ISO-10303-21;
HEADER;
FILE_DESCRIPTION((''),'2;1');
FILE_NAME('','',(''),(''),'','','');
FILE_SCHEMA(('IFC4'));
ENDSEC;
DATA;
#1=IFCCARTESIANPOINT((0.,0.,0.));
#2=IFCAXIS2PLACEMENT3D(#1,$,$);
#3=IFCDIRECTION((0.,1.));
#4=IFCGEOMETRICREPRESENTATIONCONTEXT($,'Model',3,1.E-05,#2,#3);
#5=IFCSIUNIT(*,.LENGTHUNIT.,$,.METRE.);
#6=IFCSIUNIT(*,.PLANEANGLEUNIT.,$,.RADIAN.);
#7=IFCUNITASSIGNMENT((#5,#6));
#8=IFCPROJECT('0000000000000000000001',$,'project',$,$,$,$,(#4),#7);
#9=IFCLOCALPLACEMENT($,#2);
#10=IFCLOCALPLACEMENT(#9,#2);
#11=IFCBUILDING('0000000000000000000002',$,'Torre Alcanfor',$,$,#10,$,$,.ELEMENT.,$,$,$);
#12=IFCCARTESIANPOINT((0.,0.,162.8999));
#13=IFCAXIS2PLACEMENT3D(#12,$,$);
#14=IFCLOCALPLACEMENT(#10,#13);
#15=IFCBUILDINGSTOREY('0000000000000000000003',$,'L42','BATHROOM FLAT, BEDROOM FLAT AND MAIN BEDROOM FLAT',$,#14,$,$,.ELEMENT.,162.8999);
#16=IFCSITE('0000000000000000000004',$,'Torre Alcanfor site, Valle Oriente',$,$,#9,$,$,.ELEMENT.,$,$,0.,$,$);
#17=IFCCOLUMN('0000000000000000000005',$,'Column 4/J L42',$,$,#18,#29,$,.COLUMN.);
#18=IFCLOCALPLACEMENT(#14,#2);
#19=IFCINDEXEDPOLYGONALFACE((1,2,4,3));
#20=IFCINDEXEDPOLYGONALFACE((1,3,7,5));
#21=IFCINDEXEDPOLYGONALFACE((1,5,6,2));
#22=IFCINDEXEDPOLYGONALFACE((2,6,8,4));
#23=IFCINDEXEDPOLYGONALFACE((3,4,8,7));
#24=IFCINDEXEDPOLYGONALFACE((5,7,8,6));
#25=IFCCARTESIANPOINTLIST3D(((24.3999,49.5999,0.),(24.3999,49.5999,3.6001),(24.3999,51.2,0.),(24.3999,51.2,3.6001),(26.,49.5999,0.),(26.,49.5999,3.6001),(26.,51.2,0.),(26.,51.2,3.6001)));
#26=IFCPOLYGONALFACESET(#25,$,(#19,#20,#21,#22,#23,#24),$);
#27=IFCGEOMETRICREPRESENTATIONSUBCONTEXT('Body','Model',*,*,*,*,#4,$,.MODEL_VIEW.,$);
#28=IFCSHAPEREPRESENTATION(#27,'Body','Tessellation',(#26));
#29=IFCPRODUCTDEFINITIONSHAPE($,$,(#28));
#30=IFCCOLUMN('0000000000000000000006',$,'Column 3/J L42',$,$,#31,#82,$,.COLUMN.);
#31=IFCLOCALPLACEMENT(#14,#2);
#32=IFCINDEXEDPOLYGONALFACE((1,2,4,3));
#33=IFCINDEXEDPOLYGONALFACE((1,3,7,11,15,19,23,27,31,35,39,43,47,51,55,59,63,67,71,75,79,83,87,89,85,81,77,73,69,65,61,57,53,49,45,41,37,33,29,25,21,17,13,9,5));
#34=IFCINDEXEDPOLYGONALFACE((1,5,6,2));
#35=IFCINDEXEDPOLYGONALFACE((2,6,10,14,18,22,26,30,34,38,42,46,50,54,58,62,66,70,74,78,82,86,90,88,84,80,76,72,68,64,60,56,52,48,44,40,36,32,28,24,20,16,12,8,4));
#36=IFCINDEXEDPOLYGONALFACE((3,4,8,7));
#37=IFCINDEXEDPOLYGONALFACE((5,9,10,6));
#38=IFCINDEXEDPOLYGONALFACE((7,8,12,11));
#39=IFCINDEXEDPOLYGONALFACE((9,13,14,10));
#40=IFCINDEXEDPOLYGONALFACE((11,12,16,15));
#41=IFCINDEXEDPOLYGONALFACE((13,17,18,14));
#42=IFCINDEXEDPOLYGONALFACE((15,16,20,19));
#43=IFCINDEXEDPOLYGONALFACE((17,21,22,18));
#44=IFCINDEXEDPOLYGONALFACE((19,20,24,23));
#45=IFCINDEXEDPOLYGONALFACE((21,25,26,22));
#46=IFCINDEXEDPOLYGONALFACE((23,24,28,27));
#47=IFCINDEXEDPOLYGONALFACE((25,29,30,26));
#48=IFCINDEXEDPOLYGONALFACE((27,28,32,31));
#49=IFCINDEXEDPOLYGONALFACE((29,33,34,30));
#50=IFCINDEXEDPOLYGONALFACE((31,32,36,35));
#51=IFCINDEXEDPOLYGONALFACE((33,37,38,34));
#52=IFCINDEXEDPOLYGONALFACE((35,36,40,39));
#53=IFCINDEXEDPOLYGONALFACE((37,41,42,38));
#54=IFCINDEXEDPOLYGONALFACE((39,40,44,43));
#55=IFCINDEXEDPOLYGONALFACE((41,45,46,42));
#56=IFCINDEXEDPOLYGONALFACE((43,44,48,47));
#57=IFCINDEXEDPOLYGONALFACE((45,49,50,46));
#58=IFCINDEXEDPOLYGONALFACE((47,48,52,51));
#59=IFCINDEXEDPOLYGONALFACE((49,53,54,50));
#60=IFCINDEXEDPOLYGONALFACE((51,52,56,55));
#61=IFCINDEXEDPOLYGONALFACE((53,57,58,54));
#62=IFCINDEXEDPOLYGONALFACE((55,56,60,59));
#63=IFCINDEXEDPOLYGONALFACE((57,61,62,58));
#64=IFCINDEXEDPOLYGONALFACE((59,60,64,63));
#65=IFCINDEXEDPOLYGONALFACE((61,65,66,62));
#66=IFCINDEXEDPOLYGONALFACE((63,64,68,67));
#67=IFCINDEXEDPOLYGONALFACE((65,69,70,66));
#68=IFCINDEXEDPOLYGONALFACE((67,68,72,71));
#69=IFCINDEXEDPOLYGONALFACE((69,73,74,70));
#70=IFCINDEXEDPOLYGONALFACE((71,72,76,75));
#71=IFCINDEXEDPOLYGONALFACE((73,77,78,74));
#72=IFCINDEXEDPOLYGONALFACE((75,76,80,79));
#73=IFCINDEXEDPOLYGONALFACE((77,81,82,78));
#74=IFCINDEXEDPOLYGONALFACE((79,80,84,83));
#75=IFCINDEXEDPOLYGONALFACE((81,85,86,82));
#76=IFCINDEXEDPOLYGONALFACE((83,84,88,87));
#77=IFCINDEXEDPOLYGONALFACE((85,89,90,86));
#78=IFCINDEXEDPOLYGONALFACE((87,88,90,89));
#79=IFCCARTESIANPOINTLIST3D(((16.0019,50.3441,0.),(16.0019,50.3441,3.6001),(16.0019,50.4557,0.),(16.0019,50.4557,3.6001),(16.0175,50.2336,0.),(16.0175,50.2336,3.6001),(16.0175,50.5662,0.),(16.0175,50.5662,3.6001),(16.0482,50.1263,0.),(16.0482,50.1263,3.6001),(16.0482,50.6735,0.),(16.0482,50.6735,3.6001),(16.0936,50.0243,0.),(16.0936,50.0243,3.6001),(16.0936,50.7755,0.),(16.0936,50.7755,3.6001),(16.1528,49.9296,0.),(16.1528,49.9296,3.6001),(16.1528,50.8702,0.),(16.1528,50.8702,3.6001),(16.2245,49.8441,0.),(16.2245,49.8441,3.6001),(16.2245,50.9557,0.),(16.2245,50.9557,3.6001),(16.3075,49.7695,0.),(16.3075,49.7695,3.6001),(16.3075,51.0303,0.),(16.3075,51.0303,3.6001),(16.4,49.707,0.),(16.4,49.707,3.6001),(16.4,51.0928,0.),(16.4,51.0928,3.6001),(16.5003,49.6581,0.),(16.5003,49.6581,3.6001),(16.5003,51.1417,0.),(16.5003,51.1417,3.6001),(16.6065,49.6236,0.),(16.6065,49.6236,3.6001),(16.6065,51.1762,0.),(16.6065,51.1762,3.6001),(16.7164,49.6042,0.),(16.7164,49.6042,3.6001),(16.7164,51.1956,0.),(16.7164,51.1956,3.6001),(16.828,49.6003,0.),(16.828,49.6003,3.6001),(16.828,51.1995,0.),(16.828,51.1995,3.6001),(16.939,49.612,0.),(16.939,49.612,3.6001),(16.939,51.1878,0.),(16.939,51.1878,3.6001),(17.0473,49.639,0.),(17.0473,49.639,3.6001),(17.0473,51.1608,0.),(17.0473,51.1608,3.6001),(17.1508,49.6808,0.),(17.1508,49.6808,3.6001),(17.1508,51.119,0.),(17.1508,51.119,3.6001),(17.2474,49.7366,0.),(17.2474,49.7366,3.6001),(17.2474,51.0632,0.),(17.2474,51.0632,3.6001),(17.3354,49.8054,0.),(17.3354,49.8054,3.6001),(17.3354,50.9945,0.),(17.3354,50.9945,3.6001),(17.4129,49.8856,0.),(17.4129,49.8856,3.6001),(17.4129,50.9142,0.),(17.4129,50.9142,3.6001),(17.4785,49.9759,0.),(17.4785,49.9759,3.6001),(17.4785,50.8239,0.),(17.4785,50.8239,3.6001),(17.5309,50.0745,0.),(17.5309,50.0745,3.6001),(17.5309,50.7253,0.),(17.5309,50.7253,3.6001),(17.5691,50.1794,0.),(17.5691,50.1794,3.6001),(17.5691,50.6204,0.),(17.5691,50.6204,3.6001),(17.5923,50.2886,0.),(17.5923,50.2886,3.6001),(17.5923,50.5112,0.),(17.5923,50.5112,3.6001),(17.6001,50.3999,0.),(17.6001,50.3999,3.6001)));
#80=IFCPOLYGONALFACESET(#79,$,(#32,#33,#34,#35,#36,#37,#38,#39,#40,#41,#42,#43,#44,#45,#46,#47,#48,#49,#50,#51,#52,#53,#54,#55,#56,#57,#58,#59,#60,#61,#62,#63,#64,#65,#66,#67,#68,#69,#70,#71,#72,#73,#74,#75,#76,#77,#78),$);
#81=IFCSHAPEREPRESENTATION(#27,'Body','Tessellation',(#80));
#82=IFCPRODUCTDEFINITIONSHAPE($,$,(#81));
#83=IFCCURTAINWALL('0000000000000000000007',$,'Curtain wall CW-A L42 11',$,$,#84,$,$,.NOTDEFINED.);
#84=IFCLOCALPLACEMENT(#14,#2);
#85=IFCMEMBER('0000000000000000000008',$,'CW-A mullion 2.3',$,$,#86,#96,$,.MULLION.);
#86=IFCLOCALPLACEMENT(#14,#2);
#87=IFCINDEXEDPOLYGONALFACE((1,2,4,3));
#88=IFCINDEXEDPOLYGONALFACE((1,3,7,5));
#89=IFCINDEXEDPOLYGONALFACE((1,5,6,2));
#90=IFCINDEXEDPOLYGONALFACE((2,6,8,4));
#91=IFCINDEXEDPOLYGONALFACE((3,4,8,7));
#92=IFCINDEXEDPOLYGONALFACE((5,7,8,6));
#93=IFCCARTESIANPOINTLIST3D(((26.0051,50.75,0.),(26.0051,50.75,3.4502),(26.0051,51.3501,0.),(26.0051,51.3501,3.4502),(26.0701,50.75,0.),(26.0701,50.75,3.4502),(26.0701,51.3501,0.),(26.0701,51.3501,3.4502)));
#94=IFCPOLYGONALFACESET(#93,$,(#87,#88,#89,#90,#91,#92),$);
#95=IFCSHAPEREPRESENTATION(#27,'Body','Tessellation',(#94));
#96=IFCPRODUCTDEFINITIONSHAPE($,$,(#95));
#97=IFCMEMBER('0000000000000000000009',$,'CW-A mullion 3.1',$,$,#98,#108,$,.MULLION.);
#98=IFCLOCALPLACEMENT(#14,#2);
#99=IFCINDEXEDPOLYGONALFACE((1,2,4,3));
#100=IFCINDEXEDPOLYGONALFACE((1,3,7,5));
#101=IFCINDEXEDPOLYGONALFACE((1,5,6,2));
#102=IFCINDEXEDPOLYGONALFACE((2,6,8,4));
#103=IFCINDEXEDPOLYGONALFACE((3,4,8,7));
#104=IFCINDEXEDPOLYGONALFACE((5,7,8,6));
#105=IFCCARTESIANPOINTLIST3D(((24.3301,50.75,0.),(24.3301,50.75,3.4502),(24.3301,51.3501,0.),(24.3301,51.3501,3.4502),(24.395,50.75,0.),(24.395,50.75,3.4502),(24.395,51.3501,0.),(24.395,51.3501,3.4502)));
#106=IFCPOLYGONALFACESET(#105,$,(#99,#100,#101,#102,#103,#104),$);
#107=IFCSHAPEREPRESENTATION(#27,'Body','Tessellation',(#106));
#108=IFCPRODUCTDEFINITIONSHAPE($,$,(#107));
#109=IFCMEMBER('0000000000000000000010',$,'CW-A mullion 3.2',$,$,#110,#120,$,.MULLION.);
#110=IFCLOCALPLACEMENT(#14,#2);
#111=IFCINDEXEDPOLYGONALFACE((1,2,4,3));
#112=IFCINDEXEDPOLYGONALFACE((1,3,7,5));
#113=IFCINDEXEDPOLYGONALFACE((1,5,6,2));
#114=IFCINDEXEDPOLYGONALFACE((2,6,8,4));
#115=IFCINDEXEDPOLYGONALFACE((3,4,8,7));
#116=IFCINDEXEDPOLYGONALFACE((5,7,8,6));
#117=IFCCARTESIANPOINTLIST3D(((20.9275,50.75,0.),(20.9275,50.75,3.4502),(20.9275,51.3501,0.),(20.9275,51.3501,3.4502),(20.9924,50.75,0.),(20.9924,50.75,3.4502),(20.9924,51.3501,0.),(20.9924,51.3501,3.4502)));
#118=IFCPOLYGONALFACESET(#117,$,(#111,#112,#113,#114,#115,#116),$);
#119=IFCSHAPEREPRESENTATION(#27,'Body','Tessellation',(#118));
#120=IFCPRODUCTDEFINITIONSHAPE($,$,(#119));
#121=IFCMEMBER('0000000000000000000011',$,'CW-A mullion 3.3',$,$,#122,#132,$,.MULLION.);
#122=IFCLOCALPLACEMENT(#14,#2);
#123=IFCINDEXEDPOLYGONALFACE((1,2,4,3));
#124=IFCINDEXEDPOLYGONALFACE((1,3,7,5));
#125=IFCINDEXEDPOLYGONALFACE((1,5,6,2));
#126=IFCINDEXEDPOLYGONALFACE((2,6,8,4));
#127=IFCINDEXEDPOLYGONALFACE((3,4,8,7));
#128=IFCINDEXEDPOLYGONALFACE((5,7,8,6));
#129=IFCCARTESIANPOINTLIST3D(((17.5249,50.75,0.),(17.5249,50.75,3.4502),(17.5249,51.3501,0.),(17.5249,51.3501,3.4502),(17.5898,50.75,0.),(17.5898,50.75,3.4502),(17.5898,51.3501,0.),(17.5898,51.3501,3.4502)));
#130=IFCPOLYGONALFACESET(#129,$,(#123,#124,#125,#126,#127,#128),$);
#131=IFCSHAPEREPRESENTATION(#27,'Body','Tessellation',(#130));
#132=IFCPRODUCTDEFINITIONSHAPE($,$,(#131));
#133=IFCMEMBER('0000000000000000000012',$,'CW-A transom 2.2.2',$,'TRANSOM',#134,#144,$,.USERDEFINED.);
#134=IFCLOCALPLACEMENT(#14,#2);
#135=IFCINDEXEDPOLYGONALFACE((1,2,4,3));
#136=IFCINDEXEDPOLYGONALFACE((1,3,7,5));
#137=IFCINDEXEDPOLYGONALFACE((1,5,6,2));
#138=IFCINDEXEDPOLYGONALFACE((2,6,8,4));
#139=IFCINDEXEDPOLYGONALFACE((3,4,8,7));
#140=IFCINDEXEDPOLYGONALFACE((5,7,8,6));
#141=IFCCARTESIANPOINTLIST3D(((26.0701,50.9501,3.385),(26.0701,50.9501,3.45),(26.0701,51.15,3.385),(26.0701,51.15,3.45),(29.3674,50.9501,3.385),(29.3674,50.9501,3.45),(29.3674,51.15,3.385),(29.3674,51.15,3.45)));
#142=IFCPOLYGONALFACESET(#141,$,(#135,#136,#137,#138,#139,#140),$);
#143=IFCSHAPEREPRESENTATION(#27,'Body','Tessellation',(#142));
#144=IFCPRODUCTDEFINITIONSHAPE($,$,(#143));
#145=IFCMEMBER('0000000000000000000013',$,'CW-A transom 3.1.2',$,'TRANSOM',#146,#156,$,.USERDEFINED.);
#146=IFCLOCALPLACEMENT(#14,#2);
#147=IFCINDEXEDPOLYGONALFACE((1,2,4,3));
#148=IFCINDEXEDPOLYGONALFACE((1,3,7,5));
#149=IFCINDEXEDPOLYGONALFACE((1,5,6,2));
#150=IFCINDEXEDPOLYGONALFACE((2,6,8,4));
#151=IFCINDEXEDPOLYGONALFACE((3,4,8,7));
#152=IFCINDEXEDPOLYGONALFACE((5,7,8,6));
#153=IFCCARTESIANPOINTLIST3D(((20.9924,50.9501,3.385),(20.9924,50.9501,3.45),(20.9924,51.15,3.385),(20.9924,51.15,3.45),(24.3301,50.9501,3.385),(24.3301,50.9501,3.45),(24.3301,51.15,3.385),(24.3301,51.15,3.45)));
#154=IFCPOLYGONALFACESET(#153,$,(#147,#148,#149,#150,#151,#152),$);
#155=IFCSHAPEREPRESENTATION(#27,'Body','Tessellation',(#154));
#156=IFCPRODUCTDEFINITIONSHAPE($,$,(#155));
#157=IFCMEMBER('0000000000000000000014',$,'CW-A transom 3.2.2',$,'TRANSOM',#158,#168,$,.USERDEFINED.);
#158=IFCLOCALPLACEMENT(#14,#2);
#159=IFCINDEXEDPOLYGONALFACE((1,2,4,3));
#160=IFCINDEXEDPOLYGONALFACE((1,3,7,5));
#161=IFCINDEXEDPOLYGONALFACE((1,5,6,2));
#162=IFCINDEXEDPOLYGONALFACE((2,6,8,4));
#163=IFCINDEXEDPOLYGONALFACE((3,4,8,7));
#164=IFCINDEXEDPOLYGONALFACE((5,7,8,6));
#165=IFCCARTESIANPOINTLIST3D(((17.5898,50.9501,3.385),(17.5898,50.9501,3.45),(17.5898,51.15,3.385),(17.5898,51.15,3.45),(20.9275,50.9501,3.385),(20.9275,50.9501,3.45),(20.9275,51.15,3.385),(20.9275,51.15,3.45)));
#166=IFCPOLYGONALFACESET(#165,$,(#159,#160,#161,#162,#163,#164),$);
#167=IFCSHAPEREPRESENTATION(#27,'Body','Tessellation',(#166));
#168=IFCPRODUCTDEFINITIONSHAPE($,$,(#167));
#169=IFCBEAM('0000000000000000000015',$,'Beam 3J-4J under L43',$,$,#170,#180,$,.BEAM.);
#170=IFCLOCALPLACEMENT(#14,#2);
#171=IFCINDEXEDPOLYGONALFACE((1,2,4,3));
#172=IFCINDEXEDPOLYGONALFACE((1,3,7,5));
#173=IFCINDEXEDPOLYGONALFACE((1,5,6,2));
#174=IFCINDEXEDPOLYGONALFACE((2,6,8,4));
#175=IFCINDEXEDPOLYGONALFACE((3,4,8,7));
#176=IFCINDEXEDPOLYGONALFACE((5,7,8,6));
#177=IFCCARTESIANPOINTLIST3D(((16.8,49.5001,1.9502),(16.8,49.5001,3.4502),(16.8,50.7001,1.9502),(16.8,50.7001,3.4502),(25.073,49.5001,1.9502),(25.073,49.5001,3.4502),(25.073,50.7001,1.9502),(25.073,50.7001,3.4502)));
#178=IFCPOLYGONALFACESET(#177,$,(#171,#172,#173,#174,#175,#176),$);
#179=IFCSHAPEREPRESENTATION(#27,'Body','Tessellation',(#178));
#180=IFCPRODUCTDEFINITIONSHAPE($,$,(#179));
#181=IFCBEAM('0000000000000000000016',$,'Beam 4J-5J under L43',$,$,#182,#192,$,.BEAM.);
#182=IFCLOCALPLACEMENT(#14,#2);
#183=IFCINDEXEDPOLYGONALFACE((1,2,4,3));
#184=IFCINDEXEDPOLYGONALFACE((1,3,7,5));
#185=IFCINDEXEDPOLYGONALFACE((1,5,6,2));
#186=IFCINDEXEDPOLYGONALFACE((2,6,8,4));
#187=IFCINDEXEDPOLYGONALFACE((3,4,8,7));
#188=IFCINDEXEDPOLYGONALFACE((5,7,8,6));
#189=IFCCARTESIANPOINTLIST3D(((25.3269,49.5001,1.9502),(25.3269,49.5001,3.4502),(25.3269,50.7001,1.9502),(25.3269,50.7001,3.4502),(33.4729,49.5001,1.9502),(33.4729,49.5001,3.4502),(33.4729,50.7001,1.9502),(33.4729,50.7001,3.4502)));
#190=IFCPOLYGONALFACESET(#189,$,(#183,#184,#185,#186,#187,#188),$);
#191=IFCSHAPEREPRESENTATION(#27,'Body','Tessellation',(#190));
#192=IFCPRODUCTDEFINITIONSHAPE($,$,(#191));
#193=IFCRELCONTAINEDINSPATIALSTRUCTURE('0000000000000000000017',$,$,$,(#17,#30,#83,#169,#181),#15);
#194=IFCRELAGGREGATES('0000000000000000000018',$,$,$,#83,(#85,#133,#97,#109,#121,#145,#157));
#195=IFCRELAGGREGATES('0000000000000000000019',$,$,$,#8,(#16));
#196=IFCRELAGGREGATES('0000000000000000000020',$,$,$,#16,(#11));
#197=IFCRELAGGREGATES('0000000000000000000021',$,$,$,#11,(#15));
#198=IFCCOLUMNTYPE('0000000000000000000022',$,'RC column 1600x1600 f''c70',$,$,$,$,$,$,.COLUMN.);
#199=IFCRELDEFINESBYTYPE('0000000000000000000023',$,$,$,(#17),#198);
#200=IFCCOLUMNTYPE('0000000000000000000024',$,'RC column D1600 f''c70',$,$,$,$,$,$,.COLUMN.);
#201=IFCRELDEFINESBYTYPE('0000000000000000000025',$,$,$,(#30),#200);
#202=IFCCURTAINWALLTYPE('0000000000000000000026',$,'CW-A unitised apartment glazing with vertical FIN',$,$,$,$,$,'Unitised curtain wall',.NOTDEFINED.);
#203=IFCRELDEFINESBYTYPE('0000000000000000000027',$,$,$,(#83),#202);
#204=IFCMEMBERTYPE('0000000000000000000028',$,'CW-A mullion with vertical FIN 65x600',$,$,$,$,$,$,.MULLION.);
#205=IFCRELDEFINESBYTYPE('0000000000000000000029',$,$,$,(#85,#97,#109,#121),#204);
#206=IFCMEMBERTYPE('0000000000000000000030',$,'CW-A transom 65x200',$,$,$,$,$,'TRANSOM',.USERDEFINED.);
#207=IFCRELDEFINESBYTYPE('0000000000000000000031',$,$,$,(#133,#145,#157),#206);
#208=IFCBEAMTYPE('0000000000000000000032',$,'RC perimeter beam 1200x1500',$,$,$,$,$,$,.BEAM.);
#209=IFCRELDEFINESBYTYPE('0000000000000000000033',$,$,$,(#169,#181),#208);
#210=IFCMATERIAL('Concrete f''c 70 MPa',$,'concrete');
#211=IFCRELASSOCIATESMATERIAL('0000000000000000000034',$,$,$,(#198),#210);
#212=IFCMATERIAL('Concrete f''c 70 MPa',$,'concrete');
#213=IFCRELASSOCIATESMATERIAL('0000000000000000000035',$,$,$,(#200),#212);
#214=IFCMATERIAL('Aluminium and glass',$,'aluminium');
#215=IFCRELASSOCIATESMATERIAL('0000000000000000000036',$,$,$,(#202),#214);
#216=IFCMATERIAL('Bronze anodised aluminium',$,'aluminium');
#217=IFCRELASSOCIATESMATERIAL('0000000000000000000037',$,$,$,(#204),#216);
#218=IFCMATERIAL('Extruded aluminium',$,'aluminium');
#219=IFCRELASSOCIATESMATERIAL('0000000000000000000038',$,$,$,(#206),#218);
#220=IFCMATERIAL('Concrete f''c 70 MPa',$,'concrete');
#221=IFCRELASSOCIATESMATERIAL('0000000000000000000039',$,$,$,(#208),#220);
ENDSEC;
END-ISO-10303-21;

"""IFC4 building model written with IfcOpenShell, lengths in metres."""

from ifc_helpers import new_model, si_unit, direction, frame, origin, origin_2d, place, context, subcontext, project, spatial, rectangle, circle, extrude, material, material_profile, profile_set, type_object, element, aggregate, save


model = new_model("IFC4")

# Units and contexts
model_context = context("Model", 3, precision=1e-05, world=origin(), true_north=direction((0.0, 1.0)))
body_context = subcontext(model_context, "Body", "Model", "MODEL_VIEW")
ifc_project = project(units=[si_unit("LENGTHUNIT", "METRE"), si_unit("PLANEANGLEUNIT", "RADIAN")], contexts=[model_context])

# Site, building, storey
site_placement = place(None, origin())
site = spatial("IfcSite", under=ifc_project, at=site_placement, Name="Torre Alcanfor site, Valle Oriente", CompositionType="ELEMENT", RefElevation=0.0)
building_placement = place(site_placement, origin())
building = spatial("IfcBuilding", under=site, at=building_placement, Name="Torre Alcanfor", CompositionType="ELEMENT")
storey_placement = place(building_placement, frame((0.0, 0.0, 162.8999)))
storey = spatial("IfcBuildingStorey", under=building, at=storey_placement, Name="L42", Description="BATHROOM FLAT, BEDROOM FLAT AND MAIN BEDROOM FLAT", CompositionType="ELEMENT", Elevation=162.8999)

# Columns
ifc_material_1 = material(Name="Concrete f'c 70 MPa", Category="concrete")
ifc_material_profile_1 = material_profile(ifc_material_1, rectangle(XDim=1.6001, YDim=1.6001, at=origin_2d()), Name="1600x1600")
ifc_profile_set_1 = profile_set([ifc_material_profile_1], Name="Concrete f'c 70 MPa")
column_type_1 = type_object("IfcColumnType", Name="RC column 1600x1600 f'c70", PredefinedType="COLUMN", material=ifc_profile_set_1)
column_1_placement = place(storey_placement, frame((25.2, 50.3999, 0.0), z_axis=(0.0, 0.0, 1.0), x_axis=(1.0, 0.0, 0.0)))
element("IfcColumn", 1, at=column_1_placement, inside=storey, type_object=column_type_1, Name="Column 4/J L42", PredefinedType="COLUMN", context=body_context, shape_type="SweptSolid", body=[
    extrude(rectangle(XDim=1.6001, YDim=1.6001, at=origin_2d()), origin(), (0.0, 0.0, 1.0), 3.6001),
])
ifc_material_2 = material(Name="Concrete f'c 70 MPa", Category="concrete")
ifc_material_profile_2 = material_profile(ifc_material_2, circle(Radius=0.8, at=origin_2d()), Name="D1600")
ifc_profile_set_2 = profile_set([ifc_material_profile_2], Name="Concrete f'c 70 MPa")
column_type_2 = type_object("IfcColumnType", Name="RC column D1600 f'c70", PredefinedType="COLUMN", material=ifc_profile_set_2)
column_2_placement = place(storey_placement, frame((16.8, 50.3999, 0.0), z_axis=(0.0, 0.0, 1.0), x_axis=(1.0, 0.0, 0.0)))
element("IfcColumn", 2, at=column_2_placement, inside=storey, type_object=column_type_2, Name="Column 3/J L42", PredefinedType="COLUMN", context=body_context, shape_type="SweptSolid", body=[
    extrude(circle(Radius=0.8, at=origin_2d()), origin(), (0.0, 0.0, 1.0), 3.6001),
])

# Curtain wall, members
ifc_material_3 = material(Name="Aluminium and glass", Category="aluminium")
curtain_wall_type = type_object("IfcCurtainWallType", Name="CW-A unitised apartment glazing with vertical FIN", ElementType="Unitised curtain wall", PredefinedType="NOTDEFINED", material=ifc_material_3)
curtain_wall_placement = place(storey_placement, origin())
curtain_wall = element("IfcCurtainWall", 3, at=curtain_wall_placement, inside=storey, type_object=curtain_wall_type, Name="Curtain wall CW-A L42 11", PredefinedType="NOTDEFINED")
ifc_material_4 = material(Name="Bronze anodised aluminium", Category="aluminium")
ifc_material_profile_3 = material_profile(ifc_material_4, rectangle(XDim=0.6001, YDim=0.0649, at=origin_2d()), Name="CW-A mullion 65x600")
ifc_profile_set_3 = profile_set([ifc_material_profile_3], Name="Bronze anodised aluminium")
member_type_1 = type_object("IfcMemberType", Name="CW-A mullion with vertical FIN 65x600", PredefinedType="MULLION", material=ifc_profile_set_3)
member_1_placement = place(storey_placement, frame((26.0376, 51.05, 0.0), z_axis=(0.0, 0.0, 1.0), x_axis=(0.0, -1.0, 0.0)))
member_1 = element("IfcMember", 4, at=member_1_placement, type_object=member_type_1, Name="CW-A mullion 2.3", PredefinedType="MULLION", context=body_context, shape_type="SweptSolid", body=[
    extrude(rectangle(XDim=0.6001, YDim=0.0649, at=origin_2d()), origin(), (0.0, 0.0, 1.0), 3.4502),
])
member_2_placement = place(storey_placement, frame((24.3625, 51.05, 0.0), z_axis=(0.0, 0.0, 1.0), x_axis=(0.0, -1.0, 0.0)))
member_2 = element("IfcMember", 5, at=member_2_placement, type_object=member_type_1, Name="CW-A mullion 3.1", PredefinedType="MULLION", context=body_context, shape_type="SweptSolid", body=[
    extrude(rectangle(XDim=0.6001, YDim=0.0649, at=origin_2d()), origin(), (0.0, 0.0, 1.0), 3.4502),
])
member_3_placement = place(storey_placement, frame((20.96, 51.05, 0.0), z_axis=(0.0, 0.0, 1.0), x_axis=(0.0, -1.0, 0.0)))
member_3 = element("IfcMember", 6, at=member_3_placement, type_object=member_type_1, Name="CW-A mullion 3.2", PredefinedType="MULLION", context=body_context, shape_type="SweptSolid", body=[
    extrude(rectangle(XDim=0.6001, YDim=0.0649, at=origin_2d()), origin(), (0.0, 0.0, 1.0), 3.4502),
])
member_4_placement = place(storey_placement, frame((17.5574, 51.05, 0.0), z_axis=(0.0, 0.0, 1.0), x_axis=(0.0, -1.0, 0.0)))
member_4 = element("IfcMember", 7, at=member_4_placement, type_object=member_type_1, Name="CW-A mullion 3.3", PredefinedType="MULLION", context=body_context, shape_type="SweptSolid", body=[
    extrude(rectangle(XDim=0.6001, YDim=0.0649, at=origin_2d()), origin(), (0.0, 0.0, 1.0), 3.4502),
])
ifc_material_5 = material(Name="Extruded aluminium", Category="aluminium")
ifc_material_profile_4 = material_profile(ifc_material_5, rectangle(XDim=0.2, YDim=0.0649, at=origin_2d()), Name="CW-A transom 200x65")
ifc_profile_set_4 = profile_set([ifc_material_profile_4], Name="Extruded aluminium")
member_type_2 = type_object("IfcMemberType", Name="CW-A transom 65x200", ElementType="TRANSOM", PredefinedType="USERDEFINED", material=ifc_profile_set_4)
member_5_placement = place(storey_placement, frame((29.3674, 51.05, 3.4175), z_axis=(-1.0, 0.0, 0.0), x_axis=(0.0, -1.0, 0.0)))
member_5 = element("IfcMember", 8, at=member_5_placement, type_object=member_type_2, Name="CW-A transom 2.2.2", ObjectType="TRANSOM", PredefinedType="USERDEFINED", context=body_context, shape_type="SweptSolid", body=[
    extrude(rectangle(XDim=0.2, YDim=0.0649, at=origin_2d()), origin(), (0.0, 0.0, 1.0), 3.2974),
])
member_6_placement = place(storey_placement, frame((24.3301, 51.05, 3.4175), z_axis=(-1.0, 0.0, 0.0), x_axis=(0.0, -1.0, 0.0)))
member_6 = element("IfcMember", 9, at=member_6_placement, type_object=member_type_2, Name="CW-A transom 3.1.2", ObjectType="TRANSOM", PredefinedType="USERDEFINED", context=body_context, shape_type="SweptSolid", body=[
    extrude(rectangle(XDim=0.2, YDim=0.0649, at=origin_2d()), origin(), (0.0, 0.0, 1.0), 3.3376),
])
member_7_placement = place(storey_placement, frame((20.9275, 51.05, 3.4175), z_axis=(-1.0, 0.0, 0.0), x_axis=(0.0, -1.0, 0.0)))
member_7 = element("IfcMember", 10, at=member_7_placement, type_object=member_type_2, Name="CW-A transom 3.2.2", ObjectType="TRANSOM", PredefinedType="USERDEFINED", context=body_context, shape_type="SweptSolid", body=[
    extrude(rectangle(XDim=0.2, YDim=0.0649, at=origin_2d()), origin(), (0.0, 0.0, 1.0), 3.3376),
])

# Beams
ifc_material_6 = material(Name="Concrete f'c 70 MPa", Category="concrete")
ifc_material_profile_5 = material_profile(ifc_material_6, rectangle(XDim=1.2, YDim=1.5, at=origin_2d()), Name="1200x1500")
ifc_profile_set_5 = profile_set([ifc_material_profile_5], Name="Concrete f'c 70 MPa")
beam_type = type_object("IfcBeamType", Name="RC perimeter beam 1200x1500", PredefinedType="BEAM", material=ifc_profile_set_5)
beam_1_placement = place(storey_placement, frame((16.8, 50.1001, 2.7002), z_axis=(1.0, 0.0, 0.0), x_axis=(0.0, 1.0, 0.0)))
element("IfcBeam", 11, at=beam_1_placement, inside=storey, type_object=beam_type, Name="Beam 3J-4J under L43", PredefinedType="BEAM", context=body_context, shape_type="SweptSolid", body=[
    extrude(rectangle(XDim=1.2, YDim=1.5, at=origin_2d()), origin(), (0.0, 0.0, 1.0), 8.2729),
])
beam_2_placement = place(storey_placement, frame((25.3269, 50.1001, 2.7002), z_axis=(1.0, 0.0, 0.0), x_axis=(0.0, 1.0, 0.0)))
element("IfcBeam", 12, at=beam_2_placement, inside=storey, type_object=beam_type, Name="Beam 4J-5J under L43", PredefinedType="BEAM", context=body_context, shape_type="SweptSolid", body=[
    extrude(rectangle(XDim=1.2, YDim=1.5, at=origin_2d()), origin(), (0.0, 0.0, 1.0), 8.146),
])

aggregate(curtain_wall, [member_1, member_5, member_2, member_3, member_4, member_6, member_7])

save(model, "model.ifc")
